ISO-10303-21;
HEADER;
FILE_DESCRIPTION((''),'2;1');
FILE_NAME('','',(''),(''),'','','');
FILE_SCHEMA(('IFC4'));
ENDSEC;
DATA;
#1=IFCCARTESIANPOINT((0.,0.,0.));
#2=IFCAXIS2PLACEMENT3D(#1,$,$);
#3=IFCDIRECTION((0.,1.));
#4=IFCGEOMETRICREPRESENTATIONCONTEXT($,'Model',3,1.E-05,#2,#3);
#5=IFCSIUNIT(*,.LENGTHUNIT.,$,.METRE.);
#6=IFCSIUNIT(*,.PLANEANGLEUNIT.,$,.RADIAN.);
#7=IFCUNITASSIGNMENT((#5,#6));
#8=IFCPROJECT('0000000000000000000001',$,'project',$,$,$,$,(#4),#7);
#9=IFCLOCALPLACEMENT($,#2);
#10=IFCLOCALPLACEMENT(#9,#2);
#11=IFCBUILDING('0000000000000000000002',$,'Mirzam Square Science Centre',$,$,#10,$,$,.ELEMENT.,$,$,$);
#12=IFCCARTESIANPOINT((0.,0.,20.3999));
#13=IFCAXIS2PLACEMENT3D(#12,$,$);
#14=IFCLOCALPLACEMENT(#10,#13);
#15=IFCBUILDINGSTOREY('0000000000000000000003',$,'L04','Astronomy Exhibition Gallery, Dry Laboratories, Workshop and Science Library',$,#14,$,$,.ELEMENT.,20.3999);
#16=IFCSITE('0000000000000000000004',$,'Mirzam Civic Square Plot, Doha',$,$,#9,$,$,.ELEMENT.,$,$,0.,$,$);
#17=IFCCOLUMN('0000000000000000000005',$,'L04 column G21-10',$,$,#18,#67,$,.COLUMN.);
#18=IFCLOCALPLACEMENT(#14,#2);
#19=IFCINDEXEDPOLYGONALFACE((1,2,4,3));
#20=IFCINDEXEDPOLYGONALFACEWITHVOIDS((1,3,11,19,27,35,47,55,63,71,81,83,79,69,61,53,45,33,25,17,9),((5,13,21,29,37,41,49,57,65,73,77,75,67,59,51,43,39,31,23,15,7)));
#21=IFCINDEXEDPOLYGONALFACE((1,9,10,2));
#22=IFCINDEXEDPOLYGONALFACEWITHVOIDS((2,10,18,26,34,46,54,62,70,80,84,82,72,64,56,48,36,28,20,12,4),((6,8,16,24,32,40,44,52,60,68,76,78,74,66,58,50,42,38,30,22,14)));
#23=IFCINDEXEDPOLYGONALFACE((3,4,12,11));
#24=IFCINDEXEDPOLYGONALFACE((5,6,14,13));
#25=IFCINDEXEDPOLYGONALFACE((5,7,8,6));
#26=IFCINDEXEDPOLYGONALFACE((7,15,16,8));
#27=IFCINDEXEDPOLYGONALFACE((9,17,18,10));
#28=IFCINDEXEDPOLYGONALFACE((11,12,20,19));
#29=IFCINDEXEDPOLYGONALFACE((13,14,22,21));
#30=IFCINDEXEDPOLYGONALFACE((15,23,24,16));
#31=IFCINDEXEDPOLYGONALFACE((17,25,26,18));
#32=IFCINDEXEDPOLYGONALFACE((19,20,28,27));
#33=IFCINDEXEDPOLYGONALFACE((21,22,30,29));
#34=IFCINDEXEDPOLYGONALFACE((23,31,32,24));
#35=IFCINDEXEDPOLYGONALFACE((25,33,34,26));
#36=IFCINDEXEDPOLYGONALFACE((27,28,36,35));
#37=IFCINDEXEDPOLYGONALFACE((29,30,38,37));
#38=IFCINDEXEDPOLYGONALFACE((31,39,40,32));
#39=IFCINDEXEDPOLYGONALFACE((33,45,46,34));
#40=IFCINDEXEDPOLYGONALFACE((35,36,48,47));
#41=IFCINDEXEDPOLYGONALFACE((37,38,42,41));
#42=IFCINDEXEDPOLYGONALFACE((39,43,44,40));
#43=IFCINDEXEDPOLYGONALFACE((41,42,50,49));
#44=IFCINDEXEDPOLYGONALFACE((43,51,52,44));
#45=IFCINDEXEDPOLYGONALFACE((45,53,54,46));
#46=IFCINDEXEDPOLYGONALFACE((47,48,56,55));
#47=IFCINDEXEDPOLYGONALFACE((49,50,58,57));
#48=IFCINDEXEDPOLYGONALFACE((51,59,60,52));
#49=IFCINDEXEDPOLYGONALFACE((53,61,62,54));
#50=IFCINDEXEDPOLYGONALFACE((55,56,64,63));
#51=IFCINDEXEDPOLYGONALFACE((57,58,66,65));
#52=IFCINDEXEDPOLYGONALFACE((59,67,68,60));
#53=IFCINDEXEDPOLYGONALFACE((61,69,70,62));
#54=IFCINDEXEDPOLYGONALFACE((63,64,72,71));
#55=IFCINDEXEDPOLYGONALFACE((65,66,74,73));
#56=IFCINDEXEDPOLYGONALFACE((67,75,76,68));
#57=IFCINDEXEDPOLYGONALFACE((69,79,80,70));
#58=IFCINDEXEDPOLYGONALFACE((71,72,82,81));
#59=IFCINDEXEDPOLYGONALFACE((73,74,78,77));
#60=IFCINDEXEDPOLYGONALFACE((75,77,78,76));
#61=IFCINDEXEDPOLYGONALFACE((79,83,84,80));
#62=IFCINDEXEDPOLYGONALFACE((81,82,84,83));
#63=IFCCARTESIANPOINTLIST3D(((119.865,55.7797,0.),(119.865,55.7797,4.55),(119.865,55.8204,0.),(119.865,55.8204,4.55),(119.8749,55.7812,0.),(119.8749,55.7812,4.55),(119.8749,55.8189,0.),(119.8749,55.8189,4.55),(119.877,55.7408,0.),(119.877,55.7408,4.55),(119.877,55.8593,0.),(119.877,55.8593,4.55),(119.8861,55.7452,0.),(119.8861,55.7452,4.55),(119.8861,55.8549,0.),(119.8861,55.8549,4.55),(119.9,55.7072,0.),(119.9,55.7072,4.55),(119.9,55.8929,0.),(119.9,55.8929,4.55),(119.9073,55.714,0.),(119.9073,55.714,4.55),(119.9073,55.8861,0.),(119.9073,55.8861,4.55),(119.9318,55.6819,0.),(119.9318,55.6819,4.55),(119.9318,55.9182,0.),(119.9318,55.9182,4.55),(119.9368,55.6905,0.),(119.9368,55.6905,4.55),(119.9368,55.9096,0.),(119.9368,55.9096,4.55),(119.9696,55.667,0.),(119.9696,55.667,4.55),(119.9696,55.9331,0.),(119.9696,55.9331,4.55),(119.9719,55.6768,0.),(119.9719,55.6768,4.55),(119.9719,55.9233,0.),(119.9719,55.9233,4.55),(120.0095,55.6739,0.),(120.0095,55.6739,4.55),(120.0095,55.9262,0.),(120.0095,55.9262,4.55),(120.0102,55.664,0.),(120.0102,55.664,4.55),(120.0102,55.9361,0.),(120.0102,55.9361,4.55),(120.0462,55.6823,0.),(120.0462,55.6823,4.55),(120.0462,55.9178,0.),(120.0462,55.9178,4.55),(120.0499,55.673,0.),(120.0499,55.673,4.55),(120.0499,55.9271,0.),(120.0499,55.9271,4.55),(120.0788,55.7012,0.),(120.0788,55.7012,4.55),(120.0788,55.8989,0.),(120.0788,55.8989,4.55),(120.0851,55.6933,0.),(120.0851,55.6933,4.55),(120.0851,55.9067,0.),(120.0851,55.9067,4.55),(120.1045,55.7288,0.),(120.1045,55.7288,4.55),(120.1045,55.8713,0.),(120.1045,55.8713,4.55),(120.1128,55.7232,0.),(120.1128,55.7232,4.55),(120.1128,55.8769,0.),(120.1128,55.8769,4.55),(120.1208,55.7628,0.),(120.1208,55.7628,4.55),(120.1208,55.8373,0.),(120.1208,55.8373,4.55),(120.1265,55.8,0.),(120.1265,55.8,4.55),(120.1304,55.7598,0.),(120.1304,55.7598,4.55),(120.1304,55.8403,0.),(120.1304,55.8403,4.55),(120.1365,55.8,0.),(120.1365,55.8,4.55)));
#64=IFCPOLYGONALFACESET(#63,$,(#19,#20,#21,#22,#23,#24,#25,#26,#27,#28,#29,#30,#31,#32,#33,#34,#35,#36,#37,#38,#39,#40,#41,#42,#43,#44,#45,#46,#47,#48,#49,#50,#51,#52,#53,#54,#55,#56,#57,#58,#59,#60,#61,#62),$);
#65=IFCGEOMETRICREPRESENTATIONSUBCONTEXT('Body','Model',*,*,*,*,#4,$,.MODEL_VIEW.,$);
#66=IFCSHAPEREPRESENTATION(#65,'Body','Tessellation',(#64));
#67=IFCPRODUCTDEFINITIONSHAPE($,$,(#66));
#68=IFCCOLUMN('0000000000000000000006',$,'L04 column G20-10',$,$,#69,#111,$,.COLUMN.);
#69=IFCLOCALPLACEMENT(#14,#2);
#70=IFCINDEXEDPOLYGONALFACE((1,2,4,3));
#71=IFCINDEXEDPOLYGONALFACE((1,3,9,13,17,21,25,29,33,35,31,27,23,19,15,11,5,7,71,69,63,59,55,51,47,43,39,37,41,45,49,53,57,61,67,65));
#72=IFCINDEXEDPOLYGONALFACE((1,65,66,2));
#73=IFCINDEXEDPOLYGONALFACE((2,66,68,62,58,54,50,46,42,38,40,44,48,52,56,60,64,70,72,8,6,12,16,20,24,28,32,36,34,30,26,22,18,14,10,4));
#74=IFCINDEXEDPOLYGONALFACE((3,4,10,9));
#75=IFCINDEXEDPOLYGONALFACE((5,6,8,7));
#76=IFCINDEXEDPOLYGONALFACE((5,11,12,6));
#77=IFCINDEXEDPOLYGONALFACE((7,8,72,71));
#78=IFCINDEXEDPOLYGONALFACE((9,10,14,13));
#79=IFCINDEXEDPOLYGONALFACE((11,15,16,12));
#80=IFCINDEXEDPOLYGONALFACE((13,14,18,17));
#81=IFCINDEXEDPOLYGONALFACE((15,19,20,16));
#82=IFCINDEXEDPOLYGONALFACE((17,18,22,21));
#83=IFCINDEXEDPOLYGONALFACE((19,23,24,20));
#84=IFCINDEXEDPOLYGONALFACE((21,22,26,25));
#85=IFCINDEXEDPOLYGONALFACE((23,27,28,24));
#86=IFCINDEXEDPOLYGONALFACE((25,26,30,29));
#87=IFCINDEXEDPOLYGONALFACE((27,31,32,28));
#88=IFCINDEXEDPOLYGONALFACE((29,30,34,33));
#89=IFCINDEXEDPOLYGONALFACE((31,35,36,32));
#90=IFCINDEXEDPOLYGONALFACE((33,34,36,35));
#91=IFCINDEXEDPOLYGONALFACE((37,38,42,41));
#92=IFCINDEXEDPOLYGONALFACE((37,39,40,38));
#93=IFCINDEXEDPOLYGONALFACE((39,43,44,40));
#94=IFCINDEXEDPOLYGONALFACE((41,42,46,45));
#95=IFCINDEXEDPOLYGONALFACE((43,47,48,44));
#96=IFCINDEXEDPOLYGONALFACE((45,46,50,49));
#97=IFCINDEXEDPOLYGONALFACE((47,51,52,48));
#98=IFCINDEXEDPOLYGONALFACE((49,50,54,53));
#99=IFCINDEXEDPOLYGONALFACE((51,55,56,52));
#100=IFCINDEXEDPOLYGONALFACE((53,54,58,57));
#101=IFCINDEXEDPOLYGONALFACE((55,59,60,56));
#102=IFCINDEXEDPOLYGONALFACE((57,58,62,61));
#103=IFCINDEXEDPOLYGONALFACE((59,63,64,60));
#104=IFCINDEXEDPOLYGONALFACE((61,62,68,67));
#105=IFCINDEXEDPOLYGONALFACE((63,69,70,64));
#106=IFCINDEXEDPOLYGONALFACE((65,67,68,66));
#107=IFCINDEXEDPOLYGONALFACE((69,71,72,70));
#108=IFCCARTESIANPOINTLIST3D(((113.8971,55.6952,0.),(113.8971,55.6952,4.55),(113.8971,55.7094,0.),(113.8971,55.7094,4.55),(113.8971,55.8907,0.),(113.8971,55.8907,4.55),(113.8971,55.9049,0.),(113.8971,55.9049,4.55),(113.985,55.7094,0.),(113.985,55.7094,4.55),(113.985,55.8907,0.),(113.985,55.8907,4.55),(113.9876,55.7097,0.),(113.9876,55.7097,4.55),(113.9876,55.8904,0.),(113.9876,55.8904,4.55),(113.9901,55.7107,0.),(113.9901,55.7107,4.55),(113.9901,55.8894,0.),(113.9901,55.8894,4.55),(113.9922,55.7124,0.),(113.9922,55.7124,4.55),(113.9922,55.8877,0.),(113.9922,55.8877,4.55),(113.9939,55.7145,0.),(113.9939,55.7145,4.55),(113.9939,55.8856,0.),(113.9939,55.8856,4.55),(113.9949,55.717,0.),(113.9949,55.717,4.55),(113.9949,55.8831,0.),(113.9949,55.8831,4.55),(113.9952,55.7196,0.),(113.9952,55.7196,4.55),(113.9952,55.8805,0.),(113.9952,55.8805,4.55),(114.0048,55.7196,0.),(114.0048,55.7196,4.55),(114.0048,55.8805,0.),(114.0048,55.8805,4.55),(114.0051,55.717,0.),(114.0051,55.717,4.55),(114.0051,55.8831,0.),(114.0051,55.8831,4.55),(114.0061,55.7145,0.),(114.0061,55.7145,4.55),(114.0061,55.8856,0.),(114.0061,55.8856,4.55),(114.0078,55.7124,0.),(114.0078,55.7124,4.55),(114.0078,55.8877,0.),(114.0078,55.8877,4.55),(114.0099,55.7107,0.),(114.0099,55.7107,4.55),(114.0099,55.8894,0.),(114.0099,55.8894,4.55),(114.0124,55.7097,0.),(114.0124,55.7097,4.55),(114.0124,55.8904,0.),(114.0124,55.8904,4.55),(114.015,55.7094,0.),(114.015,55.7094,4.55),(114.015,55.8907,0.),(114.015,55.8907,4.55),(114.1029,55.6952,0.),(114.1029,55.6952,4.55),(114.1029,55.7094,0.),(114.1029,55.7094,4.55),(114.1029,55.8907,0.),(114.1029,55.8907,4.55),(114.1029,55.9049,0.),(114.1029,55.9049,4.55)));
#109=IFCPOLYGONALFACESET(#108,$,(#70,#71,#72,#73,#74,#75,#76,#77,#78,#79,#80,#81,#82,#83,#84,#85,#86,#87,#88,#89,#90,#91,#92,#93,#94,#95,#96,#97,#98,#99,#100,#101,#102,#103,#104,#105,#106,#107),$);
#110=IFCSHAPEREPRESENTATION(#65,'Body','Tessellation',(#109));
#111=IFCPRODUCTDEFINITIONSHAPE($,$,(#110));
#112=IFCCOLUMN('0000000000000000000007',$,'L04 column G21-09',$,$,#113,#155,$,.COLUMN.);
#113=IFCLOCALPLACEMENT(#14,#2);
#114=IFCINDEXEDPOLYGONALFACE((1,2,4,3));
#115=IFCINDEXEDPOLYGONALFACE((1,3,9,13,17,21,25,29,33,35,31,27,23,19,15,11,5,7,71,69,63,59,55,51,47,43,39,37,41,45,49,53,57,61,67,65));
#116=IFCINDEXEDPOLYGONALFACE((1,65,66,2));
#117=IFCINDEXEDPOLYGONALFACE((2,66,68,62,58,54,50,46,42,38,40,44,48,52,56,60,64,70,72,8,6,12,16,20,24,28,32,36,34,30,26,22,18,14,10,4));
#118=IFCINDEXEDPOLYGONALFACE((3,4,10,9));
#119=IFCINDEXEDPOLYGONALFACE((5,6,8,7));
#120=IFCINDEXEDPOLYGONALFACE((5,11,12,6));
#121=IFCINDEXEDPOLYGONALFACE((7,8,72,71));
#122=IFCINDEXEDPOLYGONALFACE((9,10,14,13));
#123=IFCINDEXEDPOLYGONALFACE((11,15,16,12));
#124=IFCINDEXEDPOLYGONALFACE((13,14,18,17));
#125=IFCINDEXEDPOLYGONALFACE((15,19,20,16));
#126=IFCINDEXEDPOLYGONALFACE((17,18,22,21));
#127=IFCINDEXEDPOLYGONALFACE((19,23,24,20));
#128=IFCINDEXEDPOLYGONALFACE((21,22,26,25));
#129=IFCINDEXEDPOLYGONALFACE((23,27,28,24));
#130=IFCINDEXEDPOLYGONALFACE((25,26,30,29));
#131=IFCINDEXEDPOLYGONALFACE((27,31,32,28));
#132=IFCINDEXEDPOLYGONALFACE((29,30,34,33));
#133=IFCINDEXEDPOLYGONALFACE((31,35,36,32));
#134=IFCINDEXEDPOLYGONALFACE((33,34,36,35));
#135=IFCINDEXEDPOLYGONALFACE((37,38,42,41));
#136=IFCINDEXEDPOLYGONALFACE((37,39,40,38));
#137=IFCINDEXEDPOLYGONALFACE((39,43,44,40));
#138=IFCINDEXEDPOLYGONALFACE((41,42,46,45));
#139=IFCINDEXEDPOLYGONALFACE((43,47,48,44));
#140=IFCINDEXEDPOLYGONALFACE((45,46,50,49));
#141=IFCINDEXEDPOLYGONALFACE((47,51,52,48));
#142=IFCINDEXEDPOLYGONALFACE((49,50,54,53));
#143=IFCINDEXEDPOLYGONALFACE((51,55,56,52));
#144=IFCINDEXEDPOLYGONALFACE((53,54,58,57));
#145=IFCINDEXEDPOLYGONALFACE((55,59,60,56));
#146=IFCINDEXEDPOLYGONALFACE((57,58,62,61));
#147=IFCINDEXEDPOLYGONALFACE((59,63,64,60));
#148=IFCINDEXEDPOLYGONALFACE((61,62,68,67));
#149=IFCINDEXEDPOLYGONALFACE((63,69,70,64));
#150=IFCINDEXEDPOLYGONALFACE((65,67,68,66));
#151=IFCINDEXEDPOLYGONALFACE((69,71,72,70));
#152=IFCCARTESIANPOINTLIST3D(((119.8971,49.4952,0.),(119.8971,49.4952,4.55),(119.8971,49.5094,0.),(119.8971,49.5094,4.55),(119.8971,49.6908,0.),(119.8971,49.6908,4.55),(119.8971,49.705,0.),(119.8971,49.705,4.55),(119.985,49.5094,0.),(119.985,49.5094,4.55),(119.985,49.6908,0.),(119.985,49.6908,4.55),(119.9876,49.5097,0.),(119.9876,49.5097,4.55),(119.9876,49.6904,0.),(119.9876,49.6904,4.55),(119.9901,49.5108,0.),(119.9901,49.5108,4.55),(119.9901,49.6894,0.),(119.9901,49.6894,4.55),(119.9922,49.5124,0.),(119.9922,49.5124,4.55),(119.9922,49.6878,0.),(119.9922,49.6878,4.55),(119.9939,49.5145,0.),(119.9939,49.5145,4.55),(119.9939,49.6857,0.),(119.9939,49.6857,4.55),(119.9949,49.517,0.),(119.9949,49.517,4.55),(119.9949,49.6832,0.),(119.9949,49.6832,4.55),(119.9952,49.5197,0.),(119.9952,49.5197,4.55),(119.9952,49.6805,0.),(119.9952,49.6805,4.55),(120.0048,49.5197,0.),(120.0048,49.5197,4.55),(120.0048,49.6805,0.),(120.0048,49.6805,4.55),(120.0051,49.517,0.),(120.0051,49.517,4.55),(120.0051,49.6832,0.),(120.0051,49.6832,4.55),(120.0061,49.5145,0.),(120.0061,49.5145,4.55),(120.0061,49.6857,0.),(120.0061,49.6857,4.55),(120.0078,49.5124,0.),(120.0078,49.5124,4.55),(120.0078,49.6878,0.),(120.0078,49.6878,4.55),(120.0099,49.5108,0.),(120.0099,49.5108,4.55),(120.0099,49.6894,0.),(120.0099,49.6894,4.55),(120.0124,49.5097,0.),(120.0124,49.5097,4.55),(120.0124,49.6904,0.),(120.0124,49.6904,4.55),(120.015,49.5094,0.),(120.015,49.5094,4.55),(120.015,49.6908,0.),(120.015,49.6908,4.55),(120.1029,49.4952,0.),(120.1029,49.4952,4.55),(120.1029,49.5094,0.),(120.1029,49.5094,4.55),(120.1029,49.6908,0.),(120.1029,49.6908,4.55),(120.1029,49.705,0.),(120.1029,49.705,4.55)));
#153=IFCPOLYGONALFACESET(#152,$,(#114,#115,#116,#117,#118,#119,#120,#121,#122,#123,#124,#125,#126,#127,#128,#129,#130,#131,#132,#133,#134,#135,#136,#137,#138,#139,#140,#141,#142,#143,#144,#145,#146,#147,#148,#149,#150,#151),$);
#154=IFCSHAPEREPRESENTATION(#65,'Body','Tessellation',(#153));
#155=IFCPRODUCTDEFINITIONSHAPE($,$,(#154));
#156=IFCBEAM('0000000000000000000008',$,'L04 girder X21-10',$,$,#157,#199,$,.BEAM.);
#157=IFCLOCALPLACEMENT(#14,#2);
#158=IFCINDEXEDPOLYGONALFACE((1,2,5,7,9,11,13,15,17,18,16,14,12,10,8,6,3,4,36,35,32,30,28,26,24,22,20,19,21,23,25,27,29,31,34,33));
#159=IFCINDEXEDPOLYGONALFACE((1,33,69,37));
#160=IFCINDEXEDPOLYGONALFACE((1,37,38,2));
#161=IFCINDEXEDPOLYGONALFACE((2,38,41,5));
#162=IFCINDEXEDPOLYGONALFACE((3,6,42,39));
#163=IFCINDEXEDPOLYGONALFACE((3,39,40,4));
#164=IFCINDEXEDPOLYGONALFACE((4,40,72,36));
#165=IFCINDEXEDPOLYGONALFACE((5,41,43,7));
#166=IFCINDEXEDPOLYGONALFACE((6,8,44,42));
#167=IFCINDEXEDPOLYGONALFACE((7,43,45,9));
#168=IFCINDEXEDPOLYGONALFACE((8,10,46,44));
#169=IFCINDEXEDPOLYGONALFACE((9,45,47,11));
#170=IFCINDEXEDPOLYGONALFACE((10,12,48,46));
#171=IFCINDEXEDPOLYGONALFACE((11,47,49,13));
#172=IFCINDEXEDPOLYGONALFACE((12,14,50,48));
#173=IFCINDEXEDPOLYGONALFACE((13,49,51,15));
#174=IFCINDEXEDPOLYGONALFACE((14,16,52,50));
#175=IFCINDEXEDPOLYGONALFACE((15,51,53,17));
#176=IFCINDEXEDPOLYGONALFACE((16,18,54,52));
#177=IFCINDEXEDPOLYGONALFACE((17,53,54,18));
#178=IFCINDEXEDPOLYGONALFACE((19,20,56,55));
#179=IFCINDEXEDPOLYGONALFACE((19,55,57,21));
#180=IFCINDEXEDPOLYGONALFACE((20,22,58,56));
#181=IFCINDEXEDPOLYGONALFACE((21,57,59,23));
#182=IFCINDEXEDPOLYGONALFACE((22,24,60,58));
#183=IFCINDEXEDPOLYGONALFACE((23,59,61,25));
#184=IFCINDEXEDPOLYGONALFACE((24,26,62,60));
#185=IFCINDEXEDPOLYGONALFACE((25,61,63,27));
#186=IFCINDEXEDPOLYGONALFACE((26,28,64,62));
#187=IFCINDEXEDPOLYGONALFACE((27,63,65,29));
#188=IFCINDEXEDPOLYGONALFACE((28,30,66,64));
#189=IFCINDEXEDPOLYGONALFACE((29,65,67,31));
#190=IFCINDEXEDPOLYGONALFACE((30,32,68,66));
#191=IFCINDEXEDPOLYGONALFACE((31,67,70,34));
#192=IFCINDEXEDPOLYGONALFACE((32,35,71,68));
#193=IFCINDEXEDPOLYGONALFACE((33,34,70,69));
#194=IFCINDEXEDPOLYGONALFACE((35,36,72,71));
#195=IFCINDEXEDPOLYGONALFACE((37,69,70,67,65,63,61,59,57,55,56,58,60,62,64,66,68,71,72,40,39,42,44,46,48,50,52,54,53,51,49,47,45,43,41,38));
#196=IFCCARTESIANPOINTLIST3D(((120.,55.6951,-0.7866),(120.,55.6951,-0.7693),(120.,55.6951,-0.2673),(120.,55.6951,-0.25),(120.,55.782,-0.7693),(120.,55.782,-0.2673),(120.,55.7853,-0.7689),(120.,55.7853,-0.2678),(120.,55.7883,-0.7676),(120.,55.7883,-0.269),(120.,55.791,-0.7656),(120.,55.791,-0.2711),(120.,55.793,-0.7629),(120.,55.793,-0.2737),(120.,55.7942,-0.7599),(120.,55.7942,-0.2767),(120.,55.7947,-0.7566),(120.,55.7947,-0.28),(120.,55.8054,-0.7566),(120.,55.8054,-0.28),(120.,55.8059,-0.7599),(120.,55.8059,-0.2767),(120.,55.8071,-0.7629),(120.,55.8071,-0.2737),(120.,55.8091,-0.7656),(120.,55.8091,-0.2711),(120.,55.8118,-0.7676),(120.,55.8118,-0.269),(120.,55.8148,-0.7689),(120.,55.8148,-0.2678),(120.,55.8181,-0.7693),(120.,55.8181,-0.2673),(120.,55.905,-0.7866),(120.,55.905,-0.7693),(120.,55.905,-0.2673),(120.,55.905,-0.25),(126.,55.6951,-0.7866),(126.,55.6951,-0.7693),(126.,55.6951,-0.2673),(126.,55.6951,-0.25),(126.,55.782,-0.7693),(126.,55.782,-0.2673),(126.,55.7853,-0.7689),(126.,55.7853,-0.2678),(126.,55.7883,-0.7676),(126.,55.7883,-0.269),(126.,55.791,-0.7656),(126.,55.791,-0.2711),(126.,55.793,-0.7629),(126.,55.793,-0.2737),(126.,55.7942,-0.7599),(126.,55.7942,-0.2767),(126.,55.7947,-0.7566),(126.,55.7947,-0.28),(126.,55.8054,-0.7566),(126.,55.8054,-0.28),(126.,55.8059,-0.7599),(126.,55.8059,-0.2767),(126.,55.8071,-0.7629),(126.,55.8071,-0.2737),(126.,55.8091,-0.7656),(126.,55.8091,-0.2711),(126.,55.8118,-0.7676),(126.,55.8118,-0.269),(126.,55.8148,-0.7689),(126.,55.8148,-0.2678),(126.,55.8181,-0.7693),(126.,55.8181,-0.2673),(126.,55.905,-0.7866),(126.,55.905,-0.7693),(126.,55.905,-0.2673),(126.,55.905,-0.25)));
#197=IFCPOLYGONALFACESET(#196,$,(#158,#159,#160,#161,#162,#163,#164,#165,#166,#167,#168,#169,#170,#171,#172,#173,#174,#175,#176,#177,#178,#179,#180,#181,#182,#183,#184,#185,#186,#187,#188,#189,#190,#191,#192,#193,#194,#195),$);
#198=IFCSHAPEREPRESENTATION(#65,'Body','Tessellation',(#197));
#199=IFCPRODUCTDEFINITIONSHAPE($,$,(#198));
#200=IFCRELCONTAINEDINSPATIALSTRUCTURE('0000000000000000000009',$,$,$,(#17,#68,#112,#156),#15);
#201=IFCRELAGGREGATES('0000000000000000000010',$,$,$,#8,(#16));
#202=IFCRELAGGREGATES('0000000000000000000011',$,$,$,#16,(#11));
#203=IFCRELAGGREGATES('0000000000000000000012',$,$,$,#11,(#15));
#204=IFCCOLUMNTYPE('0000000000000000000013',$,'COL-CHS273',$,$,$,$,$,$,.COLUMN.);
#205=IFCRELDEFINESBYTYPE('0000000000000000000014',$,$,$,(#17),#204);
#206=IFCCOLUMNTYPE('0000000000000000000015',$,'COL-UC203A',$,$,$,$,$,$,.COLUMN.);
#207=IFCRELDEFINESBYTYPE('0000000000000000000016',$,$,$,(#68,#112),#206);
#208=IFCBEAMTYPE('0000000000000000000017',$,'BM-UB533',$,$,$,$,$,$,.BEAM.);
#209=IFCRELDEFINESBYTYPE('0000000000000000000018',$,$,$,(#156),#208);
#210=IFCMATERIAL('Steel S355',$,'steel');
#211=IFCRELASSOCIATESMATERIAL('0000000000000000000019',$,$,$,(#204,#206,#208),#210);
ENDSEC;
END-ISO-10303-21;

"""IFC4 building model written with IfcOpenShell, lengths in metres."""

from ifc_helpers import new_model, si_unit, direction, frame, origin, origin_2d, place, context, subcontext, project, spatial, hollow_circle, i_section, extrude, material, material_profile, profile_set, type_object, element, save


model = new_model("IFC4")

# Units and contexts
model_context = context("Model", 3, precision=1e-05, world=origin(), true_north=direction((0.0, 1.0)))
body_context = subcontext(model_context, "Body", "Model", "MODEL_VIEW")
ifc_project = project(units=[si_unit("LENGTHUNIT", "METRE"), si_unit("PLANEANGLEUNIT", "RADIAN")], contexts=[model_context])

# Site, building, storey
site_placement = place(None, origin())
site = spatial("IfcSite", under=ifc_project, at=site_placement, Name="Mirzam Civic Square Plot, Doha", CompositionType="ELEMENT", RefElevation=0.0)
building_placement = place(site_placement, origin())
building = spatial("IfcBuilding", under=site, at=building_placement, Name="Mirzam Square Science Centre", CompositionType="ELEMENT")
storey_placement = place(building_placement, frame((0.0, 0.0, 20.3999)))
storey = spatial("IfcBuildingStorey", under=building, at=storey_placement, Name="L04", Description="Astronomy Exhibition Gallery, Dry Laboratories, Workshop and Science Library", CompositionType="ELEMENT", Elevation=20.3999)

# Columns
ifc_material_1 = material(Name="Steel S355", Category="steel")
ifc_material_profile_1 = material_profile(ifc_material_1, hollow_circle(Radius=0.1365, WallThickness=0.01, at=origin_2d()), Name="273.0x10.0CHS")
ifc_profile_set_1 = profile_set([ifc_material_profile_1], Name="Steel S355")
column_type_1 = type_object("IfcColumnType", Name="COL-CHS273", PredefinedType="COLUMN", material=ifc_profile_set_1)
column_placement = place(storey_placement, frame((120.0, 55.8, 0.0), z_axis=(0.0, 0.0, 1.0), x_axis=(1.0, 0.0, 0.0)))
element("IfcColumn", 1, at=column_placement, inside=storey, type_object=column_type_1, Name="L04 column G21-10", PredefinedType="COLUMN", context=body_context, shape_type="SweptSolid", body=[
    extrude(hollow_circle(Radius=0.1365, WallThickness=0.01, at=origin_2d()), origin(), (0.0, 0.0, 1.0), 4.55),
])
ifc_material_profile_2 = material_profile(ifc_material_1, i_section(OverallWidth=0.2058, OverallDepth=0.2097, WebThickness=0.0095, FlangeThickness=0.0142, FilletRadius=0.0103, at=origin_2d()), Name="203x203x60UC")
ifc_profile_set_2 = profile_set([ifc_material_profile_2], Name="Steel S355")
column_type_2 = type_object("IfcColumnType", Name="COL-UC203A", PredefinedType="COLUMN", material=ifc_profile_set_2)
for number, where, z_axis, x_axis, name in (
    (2, (114.0, 55.8, 0.0), (0.0, 0.0, 1.0), (1.0, 0.0, 0.0), "L04 column G20-10"),
    (3, (120.0, 49.6001, 0.0), (0.0, 0.0, 1.0), (1.0, 0.0, 0.0), "L04 column G21-09"),
):
    element("IfcColumn", number, at=place(storey_placement, frame(where, z_axis=z_axis, x_axis=x_axis)), inside=storey, type_object=column_type_2, Name=name, PredefinedType="COLUMN", context=body_context, shape_type="SweptSolid", body=[
        extrude(i_section(OverallWidth=0.2058, OverallDepth=0.2097, WebThickness=0.0095, FlangeThickness=0.0142, FilletRadius=0.0103, at=origin_2d()), origin(), (0.0, 0.0, 1.0), 4.55),
    ])

# Beam
ifc_material_profile_3 = material_profile(ifc_material_1, i_section(OverallWidth=0.21, OverallDepth=0.5366, WebThickness=0.0107, FlangeThickness=0.0173, FilletRadius=0.0127, at=origin_2d()), Name="533x210x101UB")
ifc_profile_set_3 = profile_set([ifc_material_profile_3], Name="Steel S355")
beam_type_1 = type_object("IfcBeamType", Name="BM-UB533", PredefinedType="BEAM", material=ifc_profile_set_3)
beam_1_placement = place(storey_placement, frame((120.0, 55.8, -0.5183), z_axis=(1.0, 0.0, 0.0), x_axis=(0.0, 1.0, 0.0)))
element("IfcBeam", 4, at=beam_1_placement, inside=storey, type_object=beam_type_1, Name="L04 girder X21-10", PredefinedType="BEAM", context=body_context, shape_type="SweptSolid", body=[
    extrude(i_section(OverallWidth=0.21, OverallDepth=0.5366, WebThickness=0.0107, FlangeThickness=0.0173, FilletRadius=0.0127, at=origin_2d()), origin(), (0.0, 0.0, 1.0), 6.0),
])

save(model, "model.ifc")
